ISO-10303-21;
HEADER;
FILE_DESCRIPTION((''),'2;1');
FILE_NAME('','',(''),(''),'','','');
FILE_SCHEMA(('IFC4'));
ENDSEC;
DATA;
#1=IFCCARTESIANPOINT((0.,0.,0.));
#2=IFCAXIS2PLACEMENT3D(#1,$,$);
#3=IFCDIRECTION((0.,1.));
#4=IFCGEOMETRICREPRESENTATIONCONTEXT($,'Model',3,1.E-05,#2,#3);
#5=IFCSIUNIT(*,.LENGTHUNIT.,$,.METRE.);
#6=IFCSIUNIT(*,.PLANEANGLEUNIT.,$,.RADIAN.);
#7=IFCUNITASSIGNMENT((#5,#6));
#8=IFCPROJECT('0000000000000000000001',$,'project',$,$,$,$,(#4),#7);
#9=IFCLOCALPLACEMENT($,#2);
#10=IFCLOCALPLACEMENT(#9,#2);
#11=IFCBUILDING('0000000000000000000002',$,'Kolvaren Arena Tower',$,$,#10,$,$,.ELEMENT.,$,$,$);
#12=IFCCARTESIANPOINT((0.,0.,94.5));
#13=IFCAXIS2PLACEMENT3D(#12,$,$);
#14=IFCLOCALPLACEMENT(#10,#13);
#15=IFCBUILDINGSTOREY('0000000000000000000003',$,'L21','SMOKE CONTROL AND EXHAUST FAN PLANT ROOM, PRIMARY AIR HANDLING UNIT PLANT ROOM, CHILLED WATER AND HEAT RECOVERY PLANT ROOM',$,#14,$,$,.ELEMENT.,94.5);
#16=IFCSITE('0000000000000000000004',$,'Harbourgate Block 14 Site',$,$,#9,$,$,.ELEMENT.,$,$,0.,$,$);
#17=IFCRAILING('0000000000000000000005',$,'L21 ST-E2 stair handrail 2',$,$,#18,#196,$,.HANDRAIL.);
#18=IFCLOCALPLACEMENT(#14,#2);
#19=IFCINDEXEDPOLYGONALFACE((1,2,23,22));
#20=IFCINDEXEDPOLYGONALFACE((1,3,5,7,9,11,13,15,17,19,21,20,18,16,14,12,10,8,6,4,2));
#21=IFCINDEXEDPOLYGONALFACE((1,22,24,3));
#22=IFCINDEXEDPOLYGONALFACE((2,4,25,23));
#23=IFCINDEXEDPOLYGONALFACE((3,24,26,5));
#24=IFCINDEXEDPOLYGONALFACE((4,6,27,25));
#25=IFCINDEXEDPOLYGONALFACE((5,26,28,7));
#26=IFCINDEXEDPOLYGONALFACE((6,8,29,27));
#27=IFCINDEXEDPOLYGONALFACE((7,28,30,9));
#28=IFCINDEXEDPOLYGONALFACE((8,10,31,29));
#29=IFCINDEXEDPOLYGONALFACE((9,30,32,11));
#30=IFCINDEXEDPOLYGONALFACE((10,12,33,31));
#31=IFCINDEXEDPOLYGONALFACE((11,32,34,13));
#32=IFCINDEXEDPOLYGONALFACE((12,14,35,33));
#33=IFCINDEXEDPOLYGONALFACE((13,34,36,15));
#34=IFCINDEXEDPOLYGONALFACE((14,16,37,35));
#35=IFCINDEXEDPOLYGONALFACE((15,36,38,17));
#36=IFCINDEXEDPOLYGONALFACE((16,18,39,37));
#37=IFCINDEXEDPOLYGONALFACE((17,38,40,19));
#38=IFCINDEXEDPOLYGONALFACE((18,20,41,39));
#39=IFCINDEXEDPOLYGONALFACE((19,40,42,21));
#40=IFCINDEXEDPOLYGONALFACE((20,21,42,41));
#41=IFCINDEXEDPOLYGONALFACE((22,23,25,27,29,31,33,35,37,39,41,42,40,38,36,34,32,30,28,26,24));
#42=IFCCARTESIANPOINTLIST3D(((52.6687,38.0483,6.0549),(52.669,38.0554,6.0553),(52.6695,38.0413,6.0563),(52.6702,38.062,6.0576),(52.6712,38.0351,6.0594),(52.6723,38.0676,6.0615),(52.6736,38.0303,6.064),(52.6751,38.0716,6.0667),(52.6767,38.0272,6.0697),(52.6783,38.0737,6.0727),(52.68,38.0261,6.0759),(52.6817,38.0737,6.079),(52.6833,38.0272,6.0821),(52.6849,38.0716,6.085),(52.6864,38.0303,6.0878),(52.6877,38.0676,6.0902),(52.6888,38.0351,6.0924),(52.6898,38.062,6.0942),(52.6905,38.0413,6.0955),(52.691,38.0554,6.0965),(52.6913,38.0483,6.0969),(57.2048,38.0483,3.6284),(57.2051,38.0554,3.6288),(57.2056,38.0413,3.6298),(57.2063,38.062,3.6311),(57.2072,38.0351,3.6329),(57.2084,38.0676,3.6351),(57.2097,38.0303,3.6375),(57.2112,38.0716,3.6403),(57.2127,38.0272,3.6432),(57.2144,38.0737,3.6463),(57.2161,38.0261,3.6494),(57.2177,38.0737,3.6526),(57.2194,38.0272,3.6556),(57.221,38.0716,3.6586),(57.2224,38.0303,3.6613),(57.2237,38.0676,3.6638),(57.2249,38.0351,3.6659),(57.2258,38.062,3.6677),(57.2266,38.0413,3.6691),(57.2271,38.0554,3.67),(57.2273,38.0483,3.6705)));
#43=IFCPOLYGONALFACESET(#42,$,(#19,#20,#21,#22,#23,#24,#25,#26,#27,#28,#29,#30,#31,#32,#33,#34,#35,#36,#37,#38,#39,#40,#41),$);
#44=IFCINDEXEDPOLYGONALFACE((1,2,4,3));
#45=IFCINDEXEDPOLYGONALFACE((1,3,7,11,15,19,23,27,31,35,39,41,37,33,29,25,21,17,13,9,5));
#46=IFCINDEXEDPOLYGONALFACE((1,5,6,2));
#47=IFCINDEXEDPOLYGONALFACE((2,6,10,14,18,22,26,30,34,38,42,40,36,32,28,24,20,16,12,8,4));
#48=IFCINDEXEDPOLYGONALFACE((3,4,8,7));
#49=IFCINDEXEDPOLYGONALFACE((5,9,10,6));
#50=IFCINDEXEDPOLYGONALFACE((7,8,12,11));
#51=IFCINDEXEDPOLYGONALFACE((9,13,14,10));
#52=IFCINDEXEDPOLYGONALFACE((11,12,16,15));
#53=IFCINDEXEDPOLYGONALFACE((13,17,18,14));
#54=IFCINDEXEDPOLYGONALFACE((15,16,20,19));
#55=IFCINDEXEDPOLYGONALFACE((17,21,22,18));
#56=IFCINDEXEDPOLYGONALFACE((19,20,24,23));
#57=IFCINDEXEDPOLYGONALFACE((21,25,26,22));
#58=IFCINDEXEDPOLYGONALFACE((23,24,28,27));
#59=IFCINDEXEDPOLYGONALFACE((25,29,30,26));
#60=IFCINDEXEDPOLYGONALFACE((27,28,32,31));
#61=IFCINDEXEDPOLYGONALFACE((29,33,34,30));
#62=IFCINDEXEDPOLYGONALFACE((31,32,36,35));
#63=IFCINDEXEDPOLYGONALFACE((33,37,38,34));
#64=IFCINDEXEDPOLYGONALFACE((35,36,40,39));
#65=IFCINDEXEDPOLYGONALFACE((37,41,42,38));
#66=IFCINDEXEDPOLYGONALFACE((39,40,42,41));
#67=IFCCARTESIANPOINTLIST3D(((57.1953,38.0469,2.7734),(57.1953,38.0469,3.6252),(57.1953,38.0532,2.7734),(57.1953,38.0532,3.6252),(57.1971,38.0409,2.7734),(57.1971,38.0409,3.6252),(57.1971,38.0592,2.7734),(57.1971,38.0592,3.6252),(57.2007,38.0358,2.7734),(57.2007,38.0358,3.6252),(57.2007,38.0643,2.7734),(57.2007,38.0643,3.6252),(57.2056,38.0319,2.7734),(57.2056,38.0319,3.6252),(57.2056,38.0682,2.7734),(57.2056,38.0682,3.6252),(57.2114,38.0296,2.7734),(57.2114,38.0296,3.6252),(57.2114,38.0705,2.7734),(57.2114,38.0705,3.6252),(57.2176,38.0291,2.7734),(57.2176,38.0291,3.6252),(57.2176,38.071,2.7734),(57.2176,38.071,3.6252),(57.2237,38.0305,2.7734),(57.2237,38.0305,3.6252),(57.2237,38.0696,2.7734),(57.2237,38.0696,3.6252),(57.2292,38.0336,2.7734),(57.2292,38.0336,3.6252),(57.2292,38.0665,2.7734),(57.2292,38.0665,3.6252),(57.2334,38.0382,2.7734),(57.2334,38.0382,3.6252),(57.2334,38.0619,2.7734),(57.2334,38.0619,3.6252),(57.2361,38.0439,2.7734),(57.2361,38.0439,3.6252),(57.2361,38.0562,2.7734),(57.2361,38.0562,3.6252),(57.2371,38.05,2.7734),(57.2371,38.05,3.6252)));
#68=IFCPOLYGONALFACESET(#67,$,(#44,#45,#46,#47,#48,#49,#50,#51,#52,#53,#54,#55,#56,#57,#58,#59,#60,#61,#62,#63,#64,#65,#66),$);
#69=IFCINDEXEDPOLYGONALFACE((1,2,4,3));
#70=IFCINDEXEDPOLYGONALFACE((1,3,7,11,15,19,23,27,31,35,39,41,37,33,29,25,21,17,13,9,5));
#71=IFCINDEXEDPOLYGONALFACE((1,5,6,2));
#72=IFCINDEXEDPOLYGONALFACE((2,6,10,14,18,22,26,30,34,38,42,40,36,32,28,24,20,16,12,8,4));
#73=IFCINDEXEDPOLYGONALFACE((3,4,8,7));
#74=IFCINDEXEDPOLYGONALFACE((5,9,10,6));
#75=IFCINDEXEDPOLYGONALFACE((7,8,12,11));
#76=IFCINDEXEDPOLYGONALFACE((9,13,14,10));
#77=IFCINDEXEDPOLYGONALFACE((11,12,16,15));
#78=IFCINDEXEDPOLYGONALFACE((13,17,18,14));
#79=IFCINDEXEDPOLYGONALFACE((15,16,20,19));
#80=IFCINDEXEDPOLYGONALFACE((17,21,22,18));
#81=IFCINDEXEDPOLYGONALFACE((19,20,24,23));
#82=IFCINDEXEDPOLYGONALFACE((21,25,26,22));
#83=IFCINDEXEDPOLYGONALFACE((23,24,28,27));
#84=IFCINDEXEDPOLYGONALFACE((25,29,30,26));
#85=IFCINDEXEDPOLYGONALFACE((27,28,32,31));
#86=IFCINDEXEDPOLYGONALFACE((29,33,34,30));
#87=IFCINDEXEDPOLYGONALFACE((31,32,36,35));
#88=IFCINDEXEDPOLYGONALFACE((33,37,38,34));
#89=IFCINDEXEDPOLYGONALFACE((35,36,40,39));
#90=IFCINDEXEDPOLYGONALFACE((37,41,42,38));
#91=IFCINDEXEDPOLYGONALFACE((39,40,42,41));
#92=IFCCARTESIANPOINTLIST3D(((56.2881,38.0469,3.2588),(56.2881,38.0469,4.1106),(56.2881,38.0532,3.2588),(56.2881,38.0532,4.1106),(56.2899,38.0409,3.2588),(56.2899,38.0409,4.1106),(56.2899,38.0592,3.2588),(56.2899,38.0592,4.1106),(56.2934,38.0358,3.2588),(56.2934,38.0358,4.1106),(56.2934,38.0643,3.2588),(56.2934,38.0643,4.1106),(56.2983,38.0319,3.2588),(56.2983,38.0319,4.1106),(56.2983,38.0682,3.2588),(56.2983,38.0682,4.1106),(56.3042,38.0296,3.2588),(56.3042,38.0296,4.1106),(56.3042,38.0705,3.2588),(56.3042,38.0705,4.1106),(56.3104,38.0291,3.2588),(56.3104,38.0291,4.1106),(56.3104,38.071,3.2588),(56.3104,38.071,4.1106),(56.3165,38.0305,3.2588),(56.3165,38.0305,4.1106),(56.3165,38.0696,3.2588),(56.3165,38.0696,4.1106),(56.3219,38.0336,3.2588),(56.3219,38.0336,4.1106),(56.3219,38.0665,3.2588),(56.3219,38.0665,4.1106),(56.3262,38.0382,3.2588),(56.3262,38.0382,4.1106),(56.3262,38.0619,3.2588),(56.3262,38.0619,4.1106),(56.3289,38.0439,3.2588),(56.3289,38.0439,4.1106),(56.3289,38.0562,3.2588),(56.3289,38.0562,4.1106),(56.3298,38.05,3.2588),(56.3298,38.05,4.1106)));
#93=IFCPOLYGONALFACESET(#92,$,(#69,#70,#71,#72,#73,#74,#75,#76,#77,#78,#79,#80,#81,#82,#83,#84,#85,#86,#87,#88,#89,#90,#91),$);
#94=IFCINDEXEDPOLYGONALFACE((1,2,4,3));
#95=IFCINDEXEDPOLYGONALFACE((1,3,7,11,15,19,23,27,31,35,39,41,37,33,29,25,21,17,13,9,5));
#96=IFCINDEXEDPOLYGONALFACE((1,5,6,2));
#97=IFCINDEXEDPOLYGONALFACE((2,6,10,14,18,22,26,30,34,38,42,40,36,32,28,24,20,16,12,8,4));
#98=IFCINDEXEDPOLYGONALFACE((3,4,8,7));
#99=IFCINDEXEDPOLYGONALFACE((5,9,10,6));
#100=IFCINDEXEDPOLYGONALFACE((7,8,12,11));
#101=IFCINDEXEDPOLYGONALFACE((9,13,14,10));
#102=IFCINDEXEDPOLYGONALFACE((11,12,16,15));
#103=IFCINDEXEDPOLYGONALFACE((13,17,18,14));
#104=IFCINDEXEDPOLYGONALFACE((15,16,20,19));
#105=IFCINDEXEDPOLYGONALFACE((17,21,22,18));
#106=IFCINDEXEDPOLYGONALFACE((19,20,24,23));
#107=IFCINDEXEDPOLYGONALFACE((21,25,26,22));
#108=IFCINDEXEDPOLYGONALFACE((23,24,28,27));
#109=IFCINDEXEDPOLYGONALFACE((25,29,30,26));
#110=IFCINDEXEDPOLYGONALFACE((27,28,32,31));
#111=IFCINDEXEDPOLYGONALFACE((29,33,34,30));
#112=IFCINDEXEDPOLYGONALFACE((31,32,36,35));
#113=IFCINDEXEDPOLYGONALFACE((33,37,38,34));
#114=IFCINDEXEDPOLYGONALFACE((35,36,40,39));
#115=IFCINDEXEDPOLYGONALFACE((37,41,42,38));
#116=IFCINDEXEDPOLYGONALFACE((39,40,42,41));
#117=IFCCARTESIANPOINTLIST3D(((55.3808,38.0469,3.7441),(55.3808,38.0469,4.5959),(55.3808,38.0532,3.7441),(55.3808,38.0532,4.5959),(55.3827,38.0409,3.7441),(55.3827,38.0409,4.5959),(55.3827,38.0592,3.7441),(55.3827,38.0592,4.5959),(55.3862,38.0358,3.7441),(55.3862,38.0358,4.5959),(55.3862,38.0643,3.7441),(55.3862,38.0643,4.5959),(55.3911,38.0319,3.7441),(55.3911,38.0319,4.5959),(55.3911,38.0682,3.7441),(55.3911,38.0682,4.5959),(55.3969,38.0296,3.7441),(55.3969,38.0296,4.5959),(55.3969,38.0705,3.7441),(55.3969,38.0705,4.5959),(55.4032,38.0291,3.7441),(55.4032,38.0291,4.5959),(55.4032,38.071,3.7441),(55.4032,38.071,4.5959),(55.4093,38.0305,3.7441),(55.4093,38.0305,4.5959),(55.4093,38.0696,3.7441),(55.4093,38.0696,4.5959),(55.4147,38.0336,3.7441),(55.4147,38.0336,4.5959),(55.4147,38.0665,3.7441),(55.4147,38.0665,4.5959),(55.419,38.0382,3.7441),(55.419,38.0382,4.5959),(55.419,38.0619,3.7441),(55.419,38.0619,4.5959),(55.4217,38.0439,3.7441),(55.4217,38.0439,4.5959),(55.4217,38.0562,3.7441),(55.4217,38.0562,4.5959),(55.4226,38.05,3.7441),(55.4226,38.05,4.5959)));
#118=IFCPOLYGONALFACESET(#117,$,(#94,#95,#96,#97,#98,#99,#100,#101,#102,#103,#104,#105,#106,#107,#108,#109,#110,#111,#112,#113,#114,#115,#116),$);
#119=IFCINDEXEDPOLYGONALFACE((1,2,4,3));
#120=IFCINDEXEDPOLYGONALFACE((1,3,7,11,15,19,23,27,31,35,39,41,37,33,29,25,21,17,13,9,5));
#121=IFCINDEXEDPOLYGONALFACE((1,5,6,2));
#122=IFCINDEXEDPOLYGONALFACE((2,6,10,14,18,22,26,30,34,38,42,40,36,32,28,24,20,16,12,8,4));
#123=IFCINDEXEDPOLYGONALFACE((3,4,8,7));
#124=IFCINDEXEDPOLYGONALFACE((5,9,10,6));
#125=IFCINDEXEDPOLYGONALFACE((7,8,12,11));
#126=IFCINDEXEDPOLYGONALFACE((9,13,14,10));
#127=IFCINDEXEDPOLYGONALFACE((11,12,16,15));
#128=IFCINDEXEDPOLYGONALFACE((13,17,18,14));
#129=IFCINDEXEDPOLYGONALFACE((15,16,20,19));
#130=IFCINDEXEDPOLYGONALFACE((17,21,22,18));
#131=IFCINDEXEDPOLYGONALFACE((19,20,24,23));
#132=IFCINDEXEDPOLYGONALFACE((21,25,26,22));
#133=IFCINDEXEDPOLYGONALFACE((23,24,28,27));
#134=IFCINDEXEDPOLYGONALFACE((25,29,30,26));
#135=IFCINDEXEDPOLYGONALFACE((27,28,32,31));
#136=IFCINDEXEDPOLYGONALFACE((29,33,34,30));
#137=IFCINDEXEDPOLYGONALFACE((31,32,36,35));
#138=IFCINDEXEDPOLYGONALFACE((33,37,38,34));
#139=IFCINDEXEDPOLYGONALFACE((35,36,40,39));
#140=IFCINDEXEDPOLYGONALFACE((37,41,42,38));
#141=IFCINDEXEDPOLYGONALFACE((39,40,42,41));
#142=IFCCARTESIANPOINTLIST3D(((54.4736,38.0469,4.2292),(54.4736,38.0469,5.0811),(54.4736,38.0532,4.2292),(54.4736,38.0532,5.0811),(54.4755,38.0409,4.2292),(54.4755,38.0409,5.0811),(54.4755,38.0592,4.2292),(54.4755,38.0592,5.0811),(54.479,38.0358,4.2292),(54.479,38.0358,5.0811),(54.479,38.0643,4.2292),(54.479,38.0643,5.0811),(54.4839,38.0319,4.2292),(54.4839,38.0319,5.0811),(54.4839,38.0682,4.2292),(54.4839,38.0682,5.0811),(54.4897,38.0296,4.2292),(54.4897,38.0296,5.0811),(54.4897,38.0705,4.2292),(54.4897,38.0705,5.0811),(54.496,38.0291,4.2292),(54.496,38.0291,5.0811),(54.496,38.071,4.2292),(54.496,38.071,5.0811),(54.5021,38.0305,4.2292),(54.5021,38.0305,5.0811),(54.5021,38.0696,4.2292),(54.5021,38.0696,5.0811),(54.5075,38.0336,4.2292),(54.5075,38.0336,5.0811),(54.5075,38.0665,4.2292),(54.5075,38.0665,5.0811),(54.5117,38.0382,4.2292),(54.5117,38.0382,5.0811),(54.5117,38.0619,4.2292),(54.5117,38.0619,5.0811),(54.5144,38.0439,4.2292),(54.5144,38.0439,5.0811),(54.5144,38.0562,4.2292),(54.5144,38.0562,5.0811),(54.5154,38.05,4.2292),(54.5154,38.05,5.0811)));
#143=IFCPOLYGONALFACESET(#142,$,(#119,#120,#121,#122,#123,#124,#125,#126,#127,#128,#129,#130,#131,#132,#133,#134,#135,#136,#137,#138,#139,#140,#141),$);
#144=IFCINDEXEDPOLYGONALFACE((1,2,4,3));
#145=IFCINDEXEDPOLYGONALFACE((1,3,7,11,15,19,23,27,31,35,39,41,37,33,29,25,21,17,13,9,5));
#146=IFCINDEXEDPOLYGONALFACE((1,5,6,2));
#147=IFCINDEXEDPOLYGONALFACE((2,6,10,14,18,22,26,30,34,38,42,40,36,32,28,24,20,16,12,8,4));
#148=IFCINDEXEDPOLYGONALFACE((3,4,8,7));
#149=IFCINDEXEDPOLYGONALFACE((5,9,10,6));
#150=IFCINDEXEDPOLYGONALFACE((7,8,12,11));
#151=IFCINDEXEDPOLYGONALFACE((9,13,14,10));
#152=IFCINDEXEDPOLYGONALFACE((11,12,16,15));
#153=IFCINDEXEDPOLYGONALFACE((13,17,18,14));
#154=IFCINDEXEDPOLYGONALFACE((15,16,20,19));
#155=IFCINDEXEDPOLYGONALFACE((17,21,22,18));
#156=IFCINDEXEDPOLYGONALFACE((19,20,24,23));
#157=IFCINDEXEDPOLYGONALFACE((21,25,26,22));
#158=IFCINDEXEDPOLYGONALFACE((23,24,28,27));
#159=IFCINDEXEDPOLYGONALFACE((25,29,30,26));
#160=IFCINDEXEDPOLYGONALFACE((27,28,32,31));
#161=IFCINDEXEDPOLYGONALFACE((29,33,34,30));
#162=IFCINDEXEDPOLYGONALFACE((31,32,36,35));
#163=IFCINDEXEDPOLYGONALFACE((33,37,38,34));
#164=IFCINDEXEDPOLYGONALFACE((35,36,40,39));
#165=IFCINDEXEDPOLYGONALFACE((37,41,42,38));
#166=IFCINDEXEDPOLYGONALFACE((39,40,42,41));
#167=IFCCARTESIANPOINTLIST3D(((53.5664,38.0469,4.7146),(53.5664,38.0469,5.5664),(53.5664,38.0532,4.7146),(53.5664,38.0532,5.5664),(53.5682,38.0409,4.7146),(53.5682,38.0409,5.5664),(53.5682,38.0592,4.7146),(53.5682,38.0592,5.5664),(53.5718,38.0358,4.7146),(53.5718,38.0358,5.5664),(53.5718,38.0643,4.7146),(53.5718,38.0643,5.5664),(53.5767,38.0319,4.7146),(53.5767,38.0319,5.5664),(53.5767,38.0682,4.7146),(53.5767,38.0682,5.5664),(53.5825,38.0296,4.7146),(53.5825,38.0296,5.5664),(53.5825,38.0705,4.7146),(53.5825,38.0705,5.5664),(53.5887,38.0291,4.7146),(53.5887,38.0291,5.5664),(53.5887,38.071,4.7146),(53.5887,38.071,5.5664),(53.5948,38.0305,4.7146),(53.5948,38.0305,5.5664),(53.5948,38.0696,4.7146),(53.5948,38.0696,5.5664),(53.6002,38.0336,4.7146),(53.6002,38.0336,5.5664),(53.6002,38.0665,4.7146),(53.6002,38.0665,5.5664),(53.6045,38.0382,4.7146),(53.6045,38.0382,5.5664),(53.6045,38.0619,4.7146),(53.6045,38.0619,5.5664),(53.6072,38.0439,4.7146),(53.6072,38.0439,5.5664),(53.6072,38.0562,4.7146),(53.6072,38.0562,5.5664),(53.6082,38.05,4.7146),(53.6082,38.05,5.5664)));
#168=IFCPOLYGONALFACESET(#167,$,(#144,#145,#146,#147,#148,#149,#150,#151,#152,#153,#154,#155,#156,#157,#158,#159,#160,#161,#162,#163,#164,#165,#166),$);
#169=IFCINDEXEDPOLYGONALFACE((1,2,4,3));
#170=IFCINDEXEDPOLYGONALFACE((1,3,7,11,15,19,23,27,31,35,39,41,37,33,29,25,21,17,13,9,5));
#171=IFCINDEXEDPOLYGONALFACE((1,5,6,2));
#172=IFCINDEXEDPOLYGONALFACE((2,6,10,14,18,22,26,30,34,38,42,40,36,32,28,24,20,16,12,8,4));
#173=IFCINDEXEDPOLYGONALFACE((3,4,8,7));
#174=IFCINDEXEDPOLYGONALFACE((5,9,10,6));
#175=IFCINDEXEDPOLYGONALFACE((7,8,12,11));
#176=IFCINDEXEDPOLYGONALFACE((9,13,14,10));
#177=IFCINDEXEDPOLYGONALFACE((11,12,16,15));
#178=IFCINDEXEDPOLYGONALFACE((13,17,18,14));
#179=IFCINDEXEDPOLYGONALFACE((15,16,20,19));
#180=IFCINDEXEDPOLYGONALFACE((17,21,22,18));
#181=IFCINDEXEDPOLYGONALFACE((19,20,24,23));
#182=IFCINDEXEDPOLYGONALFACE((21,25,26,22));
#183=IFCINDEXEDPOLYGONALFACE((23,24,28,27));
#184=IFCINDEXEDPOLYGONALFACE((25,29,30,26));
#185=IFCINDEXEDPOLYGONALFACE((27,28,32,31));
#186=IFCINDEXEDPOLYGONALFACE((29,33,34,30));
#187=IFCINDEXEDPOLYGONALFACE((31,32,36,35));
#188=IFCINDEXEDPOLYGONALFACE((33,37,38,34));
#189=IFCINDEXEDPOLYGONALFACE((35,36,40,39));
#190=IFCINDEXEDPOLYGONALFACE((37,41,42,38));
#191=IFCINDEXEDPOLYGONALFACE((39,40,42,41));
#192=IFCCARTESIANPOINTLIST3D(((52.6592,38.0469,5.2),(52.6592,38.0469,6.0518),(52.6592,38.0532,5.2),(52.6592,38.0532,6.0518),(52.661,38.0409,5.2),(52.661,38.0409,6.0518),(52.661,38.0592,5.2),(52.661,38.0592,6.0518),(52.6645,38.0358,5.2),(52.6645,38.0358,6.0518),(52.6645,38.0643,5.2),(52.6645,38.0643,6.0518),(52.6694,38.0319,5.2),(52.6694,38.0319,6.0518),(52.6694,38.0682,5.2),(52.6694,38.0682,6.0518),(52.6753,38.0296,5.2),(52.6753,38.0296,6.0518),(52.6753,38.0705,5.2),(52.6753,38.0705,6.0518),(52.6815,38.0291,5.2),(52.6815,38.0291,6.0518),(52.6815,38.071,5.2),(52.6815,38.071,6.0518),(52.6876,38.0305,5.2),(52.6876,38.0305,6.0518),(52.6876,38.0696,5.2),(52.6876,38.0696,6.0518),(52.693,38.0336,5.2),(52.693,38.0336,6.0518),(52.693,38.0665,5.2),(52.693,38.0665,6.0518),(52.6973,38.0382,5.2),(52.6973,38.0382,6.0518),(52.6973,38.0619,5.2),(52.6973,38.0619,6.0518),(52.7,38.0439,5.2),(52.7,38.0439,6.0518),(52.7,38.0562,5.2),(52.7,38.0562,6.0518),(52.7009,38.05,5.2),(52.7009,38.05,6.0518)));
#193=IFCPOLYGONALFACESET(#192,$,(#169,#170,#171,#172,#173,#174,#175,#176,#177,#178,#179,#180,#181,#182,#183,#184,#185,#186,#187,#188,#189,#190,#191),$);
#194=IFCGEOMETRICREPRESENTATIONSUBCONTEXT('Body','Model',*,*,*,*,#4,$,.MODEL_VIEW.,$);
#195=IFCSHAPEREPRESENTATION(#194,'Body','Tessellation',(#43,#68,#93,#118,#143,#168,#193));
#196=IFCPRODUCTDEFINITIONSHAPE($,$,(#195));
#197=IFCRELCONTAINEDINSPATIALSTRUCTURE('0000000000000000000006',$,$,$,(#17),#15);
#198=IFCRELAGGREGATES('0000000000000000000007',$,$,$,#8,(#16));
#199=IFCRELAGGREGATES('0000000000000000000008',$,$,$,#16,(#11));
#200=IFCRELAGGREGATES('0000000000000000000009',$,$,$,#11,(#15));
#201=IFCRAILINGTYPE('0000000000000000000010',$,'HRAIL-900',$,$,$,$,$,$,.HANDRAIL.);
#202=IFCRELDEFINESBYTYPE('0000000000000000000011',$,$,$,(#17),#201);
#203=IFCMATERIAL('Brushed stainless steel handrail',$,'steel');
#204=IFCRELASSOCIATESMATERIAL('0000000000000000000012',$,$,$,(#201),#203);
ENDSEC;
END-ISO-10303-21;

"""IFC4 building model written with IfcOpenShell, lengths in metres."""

from ifc_helpers import new_model, si_unit, direction, frame, origin, origin_2d, place, context, subcontext, project, spatial, circle, extrude, material, type_object, element, save


model = new_model("IFC4")

# Units and contexts
model_context = context("Model", 3, precision=1e-05, world=origin(), true_north=direction((0.0, 1.0)))
body_context = subcontext(model_context, "Body", "Model", "MODEL_VIEW")
ifc_project = project(units=[si_unit("LENGTHUNIT", "METRE"), si_unit("PLANEANGLEUNIT", "RADIAN")], contexts=[model_context])

# Site, building, storey
site_placement = place(None, origin())
site = spatial("IfcSite", under=ifc_project, at=site_placement, Name="Harbourgate Block 14 Site", CompositionType="ELEMENT", RefElevation=0.0)
building_placement = place(site_placement, origin())
building = spatial("IfcBuilding", under=site, at=building_placement, Name="Kolvaren Arena Tower", CompositionType="ELEMENT")
storey_placement = place(building_placement, frame((0.0, 0.0, 94.5)))
storey = spatial("IfcBuildingStorey", under=building, at=storey_placement, Name="L21", Description="SMOKE CONTROL AND EXHAUST FAN PLANT ROOM, PRIMARY AIR HANDLING UNIT PLANT ROOM, CHILLED WATER AND HEAT RECOVERY PLANT ROOM", CompositionType="ELEMENT", Elevation=94.5)

# Railing
ifc_material_1 = material(Name="Brushed stainless steel handrail", Category="steel")
railing_type_1 = type_object("IfcRailingType", Name="HRAIL-900", PredefinedType="HANDRAIL", material=ifc_material_1)
railing_1_placement = place(storey_placement, frame((57.2161, 38.05, 2.7734)))
element("IfcRailing", 1, at=railing_1_placement, inside=storey, type_object=railing_type_1, Name="L21 ST-E2 stair handrail 2", PredefinedType="HANDRAIL", context=body_context, shape_type="SweptSolid", body=[
    extrude(circle(Radius=0.0239, at=origin_2d()), frame((0.0, 0.0, 0.876), z_axis=(-0.881768, 0.0, 0.471684), x_axis=(0.0, -1.0, 0.0)), (0.0, 0.0, 1.0), 5.1443),
    extrude(circle(Radius=0.021, at=origin_2d()), origin(), (0.0, 0.0, 1.0), 0.8518),
    extrude(circle(Radius=0.021, at=origin_2d()), frame((-0.9072, 0.0, 0.4854)), (0.0, 0.0, 1.0), 0.8518),
    extrude(circle(Radius=0.021, at=origin_2d()), frame((-1.8145, 0.0, 0.9707)), (0.0, 0.0, 1.0), 0.8518),
    extrude(circle(Radius=0.021, at=origin_2d()), frame((-2.7217, 0.0, 1.4558)), (0.0, 0.0, 1.0), 0.8518),
    extrude(circle(Radius=0.021, at=origin_2d()), frame((-3.6289, 0.0, 1.9412)), (0.0, 0.0, 1.0), 0.8518),
    extrude(circle(Radius=0.021, at=origin_2d()), frame((-4.5361, 0.0, 2.4265)), (0.0, 0.0, 1.0), 0.8518),
])

save(model, "model.ifc")
